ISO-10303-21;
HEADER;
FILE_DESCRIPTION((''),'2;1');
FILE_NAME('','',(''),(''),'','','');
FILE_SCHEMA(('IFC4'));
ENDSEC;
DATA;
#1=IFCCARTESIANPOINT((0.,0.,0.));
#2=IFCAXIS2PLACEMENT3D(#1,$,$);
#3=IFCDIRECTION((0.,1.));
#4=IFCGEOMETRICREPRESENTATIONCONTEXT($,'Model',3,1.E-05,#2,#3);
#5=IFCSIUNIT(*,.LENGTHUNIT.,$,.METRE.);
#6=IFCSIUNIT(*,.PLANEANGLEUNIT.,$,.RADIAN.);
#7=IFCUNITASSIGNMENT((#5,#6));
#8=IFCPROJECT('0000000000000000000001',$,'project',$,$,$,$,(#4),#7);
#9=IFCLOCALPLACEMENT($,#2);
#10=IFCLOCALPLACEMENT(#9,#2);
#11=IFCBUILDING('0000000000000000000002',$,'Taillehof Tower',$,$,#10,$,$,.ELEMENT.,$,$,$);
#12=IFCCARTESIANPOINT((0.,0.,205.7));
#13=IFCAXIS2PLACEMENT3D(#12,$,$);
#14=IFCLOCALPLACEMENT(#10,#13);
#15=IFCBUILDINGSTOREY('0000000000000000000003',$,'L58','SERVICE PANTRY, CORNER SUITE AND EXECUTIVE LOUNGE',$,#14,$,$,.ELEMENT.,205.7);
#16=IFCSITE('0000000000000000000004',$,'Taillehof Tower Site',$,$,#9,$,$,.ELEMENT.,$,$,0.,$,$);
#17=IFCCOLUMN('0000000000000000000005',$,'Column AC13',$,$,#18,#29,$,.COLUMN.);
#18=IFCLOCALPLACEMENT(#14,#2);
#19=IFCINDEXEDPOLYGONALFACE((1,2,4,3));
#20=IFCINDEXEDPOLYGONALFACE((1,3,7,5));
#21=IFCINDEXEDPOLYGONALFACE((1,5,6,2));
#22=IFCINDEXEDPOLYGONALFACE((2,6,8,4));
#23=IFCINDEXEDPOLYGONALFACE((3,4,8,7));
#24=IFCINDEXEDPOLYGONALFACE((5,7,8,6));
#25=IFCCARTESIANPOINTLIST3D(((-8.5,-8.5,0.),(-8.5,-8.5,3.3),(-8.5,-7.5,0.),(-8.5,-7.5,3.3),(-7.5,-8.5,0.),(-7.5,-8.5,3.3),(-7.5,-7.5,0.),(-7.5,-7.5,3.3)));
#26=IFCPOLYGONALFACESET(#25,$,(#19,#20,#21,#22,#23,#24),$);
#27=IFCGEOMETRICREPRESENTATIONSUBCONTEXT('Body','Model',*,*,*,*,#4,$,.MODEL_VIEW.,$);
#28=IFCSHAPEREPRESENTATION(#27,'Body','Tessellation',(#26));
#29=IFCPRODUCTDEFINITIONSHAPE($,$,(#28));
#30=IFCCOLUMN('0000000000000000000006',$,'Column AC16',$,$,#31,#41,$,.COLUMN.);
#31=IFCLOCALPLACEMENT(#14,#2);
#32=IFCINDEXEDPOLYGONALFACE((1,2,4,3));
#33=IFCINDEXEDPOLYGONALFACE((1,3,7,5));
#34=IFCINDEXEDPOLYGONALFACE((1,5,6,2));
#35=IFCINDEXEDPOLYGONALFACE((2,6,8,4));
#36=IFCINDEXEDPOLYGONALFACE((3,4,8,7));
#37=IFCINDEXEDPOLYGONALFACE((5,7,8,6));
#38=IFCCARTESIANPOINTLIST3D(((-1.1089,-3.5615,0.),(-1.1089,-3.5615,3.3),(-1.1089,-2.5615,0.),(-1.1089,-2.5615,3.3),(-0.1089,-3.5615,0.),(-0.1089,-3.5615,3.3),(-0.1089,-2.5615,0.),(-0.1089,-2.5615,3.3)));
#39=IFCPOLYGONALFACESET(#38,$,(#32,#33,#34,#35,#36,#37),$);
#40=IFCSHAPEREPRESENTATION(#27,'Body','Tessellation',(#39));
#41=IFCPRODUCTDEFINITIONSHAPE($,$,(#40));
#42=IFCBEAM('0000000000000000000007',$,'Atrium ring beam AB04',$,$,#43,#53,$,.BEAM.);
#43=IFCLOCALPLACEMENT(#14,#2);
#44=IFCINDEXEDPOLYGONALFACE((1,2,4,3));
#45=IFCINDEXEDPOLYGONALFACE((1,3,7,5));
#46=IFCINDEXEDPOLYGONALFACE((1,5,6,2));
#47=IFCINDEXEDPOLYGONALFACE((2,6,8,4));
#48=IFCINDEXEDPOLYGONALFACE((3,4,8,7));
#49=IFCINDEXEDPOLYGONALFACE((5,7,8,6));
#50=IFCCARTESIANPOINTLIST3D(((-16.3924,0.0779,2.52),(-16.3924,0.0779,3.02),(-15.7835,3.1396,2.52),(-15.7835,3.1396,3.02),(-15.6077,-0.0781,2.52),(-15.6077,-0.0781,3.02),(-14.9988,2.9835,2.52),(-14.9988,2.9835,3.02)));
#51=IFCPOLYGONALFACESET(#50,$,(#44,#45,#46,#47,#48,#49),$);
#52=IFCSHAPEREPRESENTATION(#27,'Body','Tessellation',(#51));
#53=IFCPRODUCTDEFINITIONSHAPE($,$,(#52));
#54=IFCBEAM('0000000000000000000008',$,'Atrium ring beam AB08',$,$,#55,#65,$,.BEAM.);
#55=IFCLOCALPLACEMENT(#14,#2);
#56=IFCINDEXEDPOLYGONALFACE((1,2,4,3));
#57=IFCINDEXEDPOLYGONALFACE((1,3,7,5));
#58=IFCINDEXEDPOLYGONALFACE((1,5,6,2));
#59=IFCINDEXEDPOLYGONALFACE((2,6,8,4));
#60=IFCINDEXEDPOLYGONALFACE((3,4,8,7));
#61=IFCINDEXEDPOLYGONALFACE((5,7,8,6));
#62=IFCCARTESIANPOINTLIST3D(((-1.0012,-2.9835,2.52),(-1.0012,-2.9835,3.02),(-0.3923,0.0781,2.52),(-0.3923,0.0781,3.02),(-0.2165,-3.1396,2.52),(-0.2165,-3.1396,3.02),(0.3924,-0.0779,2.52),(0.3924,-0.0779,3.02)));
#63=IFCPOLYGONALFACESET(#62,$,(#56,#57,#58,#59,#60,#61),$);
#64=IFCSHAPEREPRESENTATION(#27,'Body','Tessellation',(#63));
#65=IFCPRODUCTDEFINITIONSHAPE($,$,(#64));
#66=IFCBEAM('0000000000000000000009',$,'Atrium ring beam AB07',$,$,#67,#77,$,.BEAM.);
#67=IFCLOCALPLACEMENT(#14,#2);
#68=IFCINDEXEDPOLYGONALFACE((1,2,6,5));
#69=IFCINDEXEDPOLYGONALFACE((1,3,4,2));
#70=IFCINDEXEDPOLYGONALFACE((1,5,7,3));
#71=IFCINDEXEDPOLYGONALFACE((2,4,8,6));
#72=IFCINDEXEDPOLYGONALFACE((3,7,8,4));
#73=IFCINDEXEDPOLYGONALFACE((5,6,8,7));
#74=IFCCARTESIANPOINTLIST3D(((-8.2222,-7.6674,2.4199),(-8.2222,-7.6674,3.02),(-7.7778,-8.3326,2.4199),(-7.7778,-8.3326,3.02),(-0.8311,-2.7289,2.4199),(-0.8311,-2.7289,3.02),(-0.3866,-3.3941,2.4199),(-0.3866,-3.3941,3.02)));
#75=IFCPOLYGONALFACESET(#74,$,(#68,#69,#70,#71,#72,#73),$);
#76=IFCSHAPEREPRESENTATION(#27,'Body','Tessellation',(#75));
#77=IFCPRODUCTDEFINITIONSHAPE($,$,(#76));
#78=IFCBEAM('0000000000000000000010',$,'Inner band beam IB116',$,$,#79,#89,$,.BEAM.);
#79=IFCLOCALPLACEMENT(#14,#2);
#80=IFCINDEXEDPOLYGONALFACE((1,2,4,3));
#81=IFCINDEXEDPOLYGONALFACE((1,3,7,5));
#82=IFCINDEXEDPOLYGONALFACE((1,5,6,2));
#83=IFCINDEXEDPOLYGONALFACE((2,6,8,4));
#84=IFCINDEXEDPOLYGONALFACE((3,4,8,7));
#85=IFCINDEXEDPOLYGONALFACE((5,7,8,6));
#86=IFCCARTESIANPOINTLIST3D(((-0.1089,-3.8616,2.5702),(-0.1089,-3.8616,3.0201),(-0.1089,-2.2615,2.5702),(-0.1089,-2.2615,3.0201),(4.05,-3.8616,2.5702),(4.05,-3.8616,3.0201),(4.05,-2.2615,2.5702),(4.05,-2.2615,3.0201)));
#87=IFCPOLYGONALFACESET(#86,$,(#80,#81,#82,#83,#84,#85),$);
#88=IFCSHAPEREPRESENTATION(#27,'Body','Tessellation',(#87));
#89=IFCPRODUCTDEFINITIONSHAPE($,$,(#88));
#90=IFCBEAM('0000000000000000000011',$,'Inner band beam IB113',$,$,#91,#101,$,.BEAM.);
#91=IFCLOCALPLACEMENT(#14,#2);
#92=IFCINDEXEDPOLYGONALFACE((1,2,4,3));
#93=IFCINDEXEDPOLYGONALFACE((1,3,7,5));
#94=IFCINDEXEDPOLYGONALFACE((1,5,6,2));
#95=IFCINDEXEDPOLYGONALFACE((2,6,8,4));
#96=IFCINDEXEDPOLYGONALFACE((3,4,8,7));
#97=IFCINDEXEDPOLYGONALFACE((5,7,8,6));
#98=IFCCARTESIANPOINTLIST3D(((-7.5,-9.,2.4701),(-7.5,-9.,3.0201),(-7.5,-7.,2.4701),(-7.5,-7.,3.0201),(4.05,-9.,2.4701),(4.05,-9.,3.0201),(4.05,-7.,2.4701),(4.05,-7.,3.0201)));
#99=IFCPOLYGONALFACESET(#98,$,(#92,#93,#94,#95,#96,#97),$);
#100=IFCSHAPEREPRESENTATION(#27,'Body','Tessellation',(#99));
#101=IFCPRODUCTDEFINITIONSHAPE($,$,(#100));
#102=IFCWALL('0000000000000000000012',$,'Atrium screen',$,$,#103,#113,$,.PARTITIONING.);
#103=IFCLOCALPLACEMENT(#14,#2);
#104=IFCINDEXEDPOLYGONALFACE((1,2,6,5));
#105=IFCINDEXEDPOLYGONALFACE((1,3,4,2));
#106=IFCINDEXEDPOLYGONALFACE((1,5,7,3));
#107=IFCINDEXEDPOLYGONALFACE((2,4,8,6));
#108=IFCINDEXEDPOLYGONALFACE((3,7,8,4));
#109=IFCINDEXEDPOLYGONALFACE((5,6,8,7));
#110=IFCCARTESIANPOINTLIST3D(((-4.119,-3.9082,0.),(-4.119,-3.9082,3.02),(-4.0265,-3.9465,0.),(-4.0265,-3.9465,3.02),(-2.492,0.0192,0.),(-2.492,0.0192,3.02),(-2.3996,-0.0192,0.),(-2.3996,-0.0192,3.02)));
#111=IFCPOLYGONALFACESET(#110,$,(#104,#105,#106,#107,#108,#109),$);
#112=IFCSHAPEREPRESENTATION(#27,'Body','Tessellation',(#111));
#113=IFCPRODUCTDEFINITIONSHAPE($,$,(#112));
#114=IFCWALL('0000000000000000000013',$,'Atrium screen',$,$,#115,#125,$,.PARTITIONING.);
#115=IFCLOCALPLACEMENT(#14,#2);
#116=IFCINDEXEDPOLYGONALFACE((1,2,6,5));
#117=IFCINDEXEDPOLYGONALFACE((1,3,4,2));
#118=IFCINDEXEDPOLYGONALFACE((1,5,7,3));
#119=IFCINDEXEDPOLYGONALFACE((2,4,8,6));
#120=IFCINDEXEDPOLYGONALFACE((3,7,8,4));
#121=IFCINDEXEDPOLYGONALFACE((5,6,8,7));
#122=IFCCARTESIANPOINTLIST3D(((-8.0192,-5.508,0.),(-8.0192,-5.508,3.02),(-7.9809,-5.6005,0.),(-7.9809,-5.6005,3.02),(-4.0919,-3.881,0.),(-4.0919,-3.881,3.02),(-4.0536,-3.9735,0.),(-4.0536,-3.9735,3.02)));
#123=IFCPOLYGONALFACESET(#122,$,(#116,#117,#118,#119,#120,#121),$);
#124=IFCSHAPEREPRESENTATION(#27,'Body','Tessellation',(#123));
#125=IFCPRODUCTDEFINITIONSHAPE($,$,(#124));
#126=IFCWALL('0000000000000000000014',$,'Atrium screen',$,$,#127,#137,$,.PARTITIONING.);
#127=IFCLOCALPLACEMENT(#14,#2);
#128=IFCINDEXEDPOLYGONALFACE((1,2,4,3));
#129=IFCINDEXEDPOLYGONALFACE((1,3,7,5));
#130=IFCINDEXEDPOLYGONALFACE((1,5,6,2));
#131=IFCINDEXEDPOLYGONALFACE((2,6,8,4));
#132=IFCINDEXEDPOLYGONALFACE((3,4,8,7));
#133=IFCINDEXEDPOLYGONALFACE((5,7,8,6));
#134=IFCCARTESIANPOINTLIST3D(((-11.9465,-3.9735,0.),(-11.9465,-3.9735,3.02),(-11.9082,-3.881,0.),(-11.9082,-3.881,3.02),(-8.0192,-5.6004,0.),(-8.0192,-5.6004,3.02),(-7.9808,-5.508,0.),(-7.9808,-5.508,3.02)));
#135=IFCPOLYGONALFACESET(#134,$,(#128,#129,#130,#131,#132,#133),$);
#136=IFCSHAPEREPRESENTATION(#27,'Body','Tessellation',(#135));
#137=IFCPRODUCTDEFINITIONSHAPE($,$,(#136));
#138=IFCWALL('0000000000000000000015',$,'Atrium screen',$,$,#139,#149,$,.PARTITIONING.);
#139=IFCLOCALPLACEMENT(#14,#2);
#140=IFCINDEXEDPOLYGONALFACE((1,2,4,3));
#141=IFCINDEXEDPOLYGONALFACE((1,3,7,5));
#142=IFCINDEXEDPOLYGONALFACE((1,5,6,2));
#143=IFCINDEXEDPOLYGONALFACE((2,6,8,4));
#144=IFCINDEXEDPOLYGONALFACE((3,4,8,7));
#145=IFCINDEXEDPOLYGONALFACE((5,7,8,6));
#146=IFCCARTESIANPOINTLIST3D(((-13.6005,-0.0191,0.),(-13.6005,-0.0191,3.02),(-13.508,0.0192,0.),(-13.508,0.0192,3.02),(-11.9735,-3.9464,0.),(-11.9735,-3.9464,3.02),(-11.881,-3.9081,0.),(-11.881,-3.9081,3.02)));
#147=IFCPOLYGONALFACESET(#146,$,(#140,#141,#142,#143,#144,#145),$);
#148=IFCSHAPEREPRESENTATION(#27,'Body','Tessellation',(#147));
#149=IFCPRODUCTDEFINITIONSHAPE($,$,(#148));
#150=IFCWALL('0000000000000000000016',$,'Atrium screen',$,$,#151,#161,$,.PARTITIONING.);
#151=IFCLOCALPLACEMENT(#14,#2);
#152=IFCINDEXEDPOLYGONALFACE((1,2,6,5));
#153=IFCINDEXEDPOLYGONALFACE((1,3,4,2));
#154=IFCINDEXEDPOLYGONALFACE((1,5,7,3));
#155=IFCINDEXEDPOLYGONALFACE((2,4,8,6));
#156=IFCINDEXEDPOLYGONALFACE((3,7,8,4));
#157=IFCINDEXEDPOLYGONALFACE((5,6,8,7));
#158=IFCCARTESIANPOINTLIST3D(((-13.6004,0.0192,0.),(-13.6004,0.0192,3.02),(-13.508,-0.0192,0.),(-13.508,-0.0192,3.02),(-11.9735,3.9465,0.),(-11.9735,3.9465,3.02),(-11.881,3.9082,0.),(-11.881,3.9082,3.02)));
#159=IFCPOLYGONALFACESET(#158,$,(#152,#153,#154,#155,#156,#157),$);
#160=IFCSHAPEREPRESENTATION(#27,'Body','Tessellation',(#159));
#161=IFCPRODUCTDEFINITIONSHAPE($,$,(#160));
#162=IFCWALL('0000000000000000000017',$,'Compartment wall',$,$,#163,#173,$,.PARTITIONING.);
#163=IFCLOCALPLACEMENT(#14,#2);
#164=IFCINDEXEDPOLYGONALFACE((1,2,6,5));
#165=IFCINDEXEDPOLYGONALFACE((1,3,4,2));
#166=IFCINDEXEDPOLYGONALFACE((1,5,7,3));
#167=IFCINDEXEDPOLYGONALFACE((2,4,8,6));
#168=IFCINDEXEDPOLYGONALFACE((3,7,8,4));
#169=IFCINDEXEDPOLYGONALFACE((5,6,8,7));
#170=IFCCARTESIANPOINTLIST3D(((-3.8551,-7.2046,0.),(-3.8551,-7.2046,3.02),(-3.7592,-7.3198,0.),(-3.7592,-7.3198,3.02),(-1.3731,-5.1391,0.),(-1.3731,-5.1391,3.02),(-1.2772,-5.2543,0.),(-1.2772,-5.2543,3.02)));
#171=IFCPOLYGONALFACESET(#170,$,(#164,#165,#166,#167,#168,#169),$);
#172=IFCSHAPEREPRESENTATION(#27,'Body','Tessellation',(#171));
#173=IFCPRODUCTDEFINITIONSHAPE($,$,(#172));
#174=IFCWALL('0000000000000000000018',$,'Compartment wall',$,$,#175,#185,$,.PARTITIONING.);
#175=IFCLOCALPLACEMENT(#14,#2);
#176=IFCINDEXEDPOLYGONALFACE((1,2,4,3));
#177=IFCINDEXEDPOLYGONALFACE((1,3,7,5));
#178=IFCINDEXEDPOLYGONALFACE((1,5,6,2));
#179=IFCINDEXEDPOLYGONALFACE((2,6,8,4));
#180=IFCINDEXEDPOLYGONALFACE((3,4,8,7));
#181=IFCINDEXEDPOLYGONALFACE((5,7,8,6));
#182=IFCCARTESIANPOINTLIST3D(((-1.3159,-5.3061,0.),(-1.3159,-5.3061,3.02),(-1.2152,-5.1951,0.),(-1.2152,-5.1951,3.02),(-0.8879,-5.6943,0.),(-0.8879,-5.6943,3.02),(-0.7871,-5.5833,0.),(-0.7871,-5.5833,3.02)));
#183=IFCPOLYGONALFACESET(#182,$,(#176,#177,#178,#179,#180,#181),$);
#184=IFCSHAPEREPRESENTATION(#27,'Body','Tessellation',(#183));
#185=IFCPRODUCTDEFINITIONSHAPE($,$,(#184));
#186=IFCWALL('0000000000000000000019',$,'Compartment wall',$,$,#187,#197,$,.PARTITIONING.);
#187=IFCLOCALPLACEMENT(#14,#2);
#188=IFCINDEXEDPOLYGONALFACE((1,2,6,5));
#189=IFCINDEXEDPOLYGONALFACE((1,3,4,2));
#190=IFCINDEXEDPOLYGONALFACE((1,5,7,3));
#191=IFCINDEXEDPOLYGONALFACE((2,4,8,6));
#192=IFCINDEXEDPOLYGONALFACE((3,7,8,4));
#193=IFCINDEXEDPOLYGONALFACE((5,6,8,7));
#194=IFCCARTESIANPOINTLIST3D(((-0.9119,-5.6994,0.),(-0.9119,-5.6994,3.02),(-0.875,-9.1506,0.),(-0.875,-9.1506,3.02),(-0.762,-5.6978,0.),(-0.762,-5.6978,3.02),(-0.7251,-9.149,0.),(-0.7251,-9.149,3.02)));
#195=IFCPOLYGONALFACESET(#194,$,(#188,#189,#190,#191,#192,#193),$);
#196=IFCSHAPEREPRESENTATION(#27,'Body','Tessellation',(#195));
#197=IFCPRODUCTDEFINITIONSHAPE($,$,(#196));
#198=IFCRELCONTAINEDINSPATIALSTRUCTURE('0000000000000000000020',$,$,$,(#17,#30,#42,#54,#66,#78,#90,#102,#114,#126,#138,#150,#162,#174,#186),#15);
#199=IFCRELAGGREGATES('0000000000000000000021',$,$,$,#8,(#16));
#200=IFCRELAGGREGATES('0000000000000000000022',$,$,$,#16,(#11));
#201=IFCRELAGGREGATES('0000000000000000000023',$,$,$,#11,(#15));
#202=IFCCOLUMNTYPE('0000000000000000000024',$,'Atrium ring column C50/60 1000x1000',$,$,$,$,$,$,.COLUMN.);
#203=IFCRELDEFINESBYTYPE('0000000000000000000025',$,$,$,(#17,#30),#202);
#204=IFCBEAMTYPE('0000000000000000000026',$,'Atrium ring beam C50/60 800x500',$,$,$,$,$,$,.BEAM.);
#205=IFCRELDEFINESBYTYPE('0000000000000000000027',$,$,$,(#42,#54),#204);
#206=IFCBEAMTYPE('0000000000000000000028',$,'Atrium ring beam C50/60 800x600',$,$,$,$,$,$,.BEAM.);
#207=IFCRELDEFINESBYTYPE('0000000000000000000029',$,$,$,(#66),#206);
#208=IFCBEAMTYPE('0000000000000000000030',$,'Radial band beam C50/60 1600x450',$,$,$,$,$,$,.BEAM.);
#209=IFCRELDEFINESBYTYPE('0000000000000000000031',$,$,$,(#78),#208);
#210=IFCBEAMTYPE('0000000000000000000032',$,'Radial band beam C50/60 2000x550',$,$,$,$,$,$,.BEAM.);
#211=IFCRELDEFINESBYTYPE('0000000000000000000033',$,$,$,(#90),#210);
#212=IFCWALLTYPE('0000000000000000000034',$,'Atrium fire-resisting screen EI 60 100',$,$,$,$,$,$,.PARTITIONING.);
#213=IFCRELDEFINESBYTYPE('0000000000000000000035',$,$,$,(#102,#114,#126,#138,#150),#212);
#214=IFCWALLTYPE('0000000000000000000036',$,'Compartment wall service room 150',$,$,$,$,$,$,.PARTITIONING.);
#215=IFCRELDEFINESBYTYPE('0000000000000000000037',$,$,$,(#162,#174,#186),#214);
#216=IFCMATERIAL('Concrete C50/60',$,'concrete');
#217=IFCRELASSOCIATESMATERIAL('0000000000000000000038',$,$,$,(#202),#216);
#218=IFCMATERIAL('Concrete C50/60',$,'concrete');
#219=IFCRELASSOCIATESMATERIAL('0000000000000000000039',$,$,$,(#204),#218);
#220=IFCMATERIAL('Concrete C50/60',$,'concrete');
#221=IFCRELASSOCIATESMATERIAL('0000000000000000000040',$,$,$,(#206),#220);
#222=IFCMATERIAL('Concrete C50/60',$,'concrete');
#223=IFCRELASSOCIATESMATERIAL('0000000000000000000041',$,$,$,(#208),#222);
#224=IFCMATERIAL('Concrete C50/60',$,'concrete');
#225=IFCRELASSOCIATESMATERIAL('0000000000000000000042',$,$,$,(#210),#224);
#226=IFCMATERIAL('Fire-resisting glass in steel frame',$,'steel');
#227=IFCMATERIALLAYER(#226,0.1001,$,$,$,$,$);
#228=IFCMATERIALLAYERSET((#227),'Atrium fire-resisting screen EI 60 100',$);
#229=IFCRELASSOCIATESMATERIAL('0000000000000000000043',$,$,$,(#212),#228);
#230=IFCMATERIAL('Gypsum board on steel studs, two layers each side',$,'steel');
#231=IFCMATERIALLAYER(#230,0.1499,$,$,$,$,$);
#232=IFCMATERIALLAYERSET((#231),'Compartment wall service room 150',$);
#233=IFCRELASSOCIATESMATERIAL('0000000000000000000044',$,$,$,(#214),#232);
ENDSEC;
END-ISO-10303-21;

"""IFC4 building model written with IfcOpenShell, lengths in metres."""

from ifc_helpers import new_model, si_unit, direction, frame, frame_2d, origin, origin_2d, place, context, subcontext, project, spatial, rectangle, extrude, material, layer, layer_set, material_profile, profile_set, type_object, element, save


model = new_model("IFC4")

# Units and contexts
model_context = context("Model", 3, precision=1e-05, world=origin(), true_north=direction((0.0, 1.0)))
body_context = subcontext(model_context, "Body", "Model", "MODEL_VIEW")
ifc_project = project(units=[si_unit("LENGTHUNIT", "METRE"), si_unit("PLANEANGLEUNIT", "RADIAN")], contexts=[model_context])

# Site, building, storey
site_placement = place(None, origin())
site = spatial("IfcSite", under=ifc_project, at=site_placement, Name="Taillehof Tower Site", CompositionType="ELEMENT", RefElevation=0.0)
building_placement = place(site_placement, origin())
building = spatial("IfcBuilding", under=site, at=building_placement, Name="Taillehof Tower", CompositionType="ELEMENT")
storey_placement = place(building_placement, frame((0.0, 0.0, 205.7)))
storey = spatial("IfcBuildingStorey", under=building, at=storey_placement, Name="L58", Description="SERVICE PANTRY, CORNER SUITE AND EXECUTIVE LOUNGE", CompositionType="ELEMENT", Elevation=205.7)

# Columns
ifc_material_1 = material(Name="Concrete C50/60", Category="concrete")
ifc_material_profile_1 = material_profile(ifc_material_1, rectangle(XDim=1.0, YDim=1.0, at=origin_2d()), Name="RC 1000x1000")
ifc_profile_set_1 = profile_set([ifc_material_profile_1], Name="Concrete C50/60")
column_type = type_object("IfcColumnType", Name="Atrium ring column C50/60 1000x1000", PredefinedType="COLUMN", material=ifc_profile_set_1)
for number, where, z_axis, x_axis, name in (
    (1, (-8.0, -8.0, 0.0), (0.0, 0.0, 1.0), (1.0, 0.0, 0.0), "Column AC13"),
    (2, (-0.6089, -3.0615, 0.0), (0.0, 0.0, 1.0), (1.0, 0.0, 0.0), "Column AC16"),
):
    element("IfcColumn", number, at=place(storey_placement, frame(where, z_axis=z_axis, x_axis=x_axis)), inside=storey, type_object=column_type, Name=name, PredefinedType="COLUMN", context=body_context, shape_type="SweptSolid", body=[
        extrude(rectangle(XDim=1.0, YDim=1.0, at=origin_2d()), origin(), (0.0, 0.0, 1.0), 3.3),
    ])

# Beams
ifc_material_2 = material(Name="Concrete C50/60", Category="concrete")
ifc_material_profile_2 = material_profile(ifc_material_2, rectangle(XDim=0.8, YDim=0.5, at=origin_2d()), Name="RC 800x500")
ifc_profile_set_2 = profile_set([ifc_material_profile_2], Name="Concrete C50/60")
beam_type_1 = type_object("IfcBeamType", Name="Atrium ring beam C50/60 800x500", PredefinedType="BEAM", material=ifc_profile_set_2)
for number, where, z_axis, x_axis, name in (
    (3, (-15.3911, 3.0615, 2.77), (-0.195063, -0.980791, 0.0), (0.980791, -0.195063, 0.0), "Atrium ring beam AB04"),
    (4, (-0.6089, -3.0615, 2.77), (0.195063, 0.980791, 0.0), (-0.980791, 0.195063, 0.0), "Atrium ring beam AB08"),
):
    element("IfcBeam", number, at=place(storey_placement, frame(where, z_axis=z_axis, x_axis=x_axis)), inside=storey, type_object=beam_type_1, Name=name, PredefinedType="BEAM", context=body_context, shape_type="SweptSolid", body=[
        extrude(rectangle(XDim=0.8, YDim=0.5, at=origin_2d()), origin(), (0.0, 0.0, 1.0), 3.1216),
    ])
ifc_material_3 = material(Name="Concrete C50/60", Category="concrete")
ifc_material_profile_3 = material_profile(ifc_material_3, rectangle(XDim=0.8, YDim=0.6001, at=origin_2d()), Name="RC 800x600")
ifc_profile_set_3 = profile_set([ifc_material_profile_3], Name="Concrete C50/60")
beam_type_2 = type_object("IfcBeamType", Name="Atrium ring beam C50/60 800x600", PredefinedType="BEAM", material=ifc_profile_set_3)
beam_1_placement = place(storey_placement, frame((-8.0, -8.0, 2.72), z_axis=(0.831475, 0.555562, 0.0), x_axis=(-0.555562, 0.831475, 0.0)))
element("IfcBeam", 5, at=beam_1_placement, inside=storey, type_object=beam_type_2, Name="Atrium ring beam AB07", PredefinedType="BEAM", context=body_context, shape_type="SweptSolid", body=[
    extrude(rectangle(XDim=0.8, YDim=0.6001, at=origin_2d()), origin(), (0.0, 0.0, 1.0), 8.8892),
])
ifc_material_4 = material(Name="Concrete C50/60", Category="concrete")
ifc_material_profile_4 = material_profile(ifc_material_4, rectangle(XDim=1.6001, YDim=0.45, at=origin_2d()), Name="RC 1600x450")
ifc_profile_set_4 = profile_set([ifc_material_profile_4], Name="Concrete C50/60")
beam_type_3 = type_object("IfcBeamType", Name="Radial band beam C50/60 1600x450", PredefinedType="BEAM", material=ifc_profile_set_4)
beam_2_placement = place(storey_placement, frame((-0.1089, -3.0615, 2.7952), z_axis=(1.0, 0.0, 0.0), x_axis=(0.0, 1.0, 0.0)))
element("IfcBeam", 6, at=beam_2_placement, inside=storey, type_object=beam_type_3, Name="Inner band beam IB116", PredefinedType="BEAM", context=body_context, shape_type="SweptSolid", body=[
    extrude(rectangle(XDim=1.6001, YDim=0.45, at=origin_2d()), origin(), (0.0, 0.0, 1.0), 4.1589),
])
ifc_material_5 = material(Name="Concrete C50/60", Category="concrete")
ifc_material_profile_5 = material_profile(ifc_material_5, rectangle(XDim=2.0, YDim=0.55, at=origin_2d()), Name="RC 2000x550")
ifc_profile_set_5 = profile_set([ifc_material_profile_5], Name="Concrete C50/60")
beam_type_4 = type_object("IfcBeamType", Name="Radial band beam C50/60 2000x550", PredefinedType="BEAM", material=ifc_profile_set_5)
beam_3_placement = place(storey_placement, frame((-7.5, -8.0, 2.7451), z_axis=(1.0, 0.0, 0.0), x_axis=(0.0, 1.0, 0.0)))
element("IfcBeam", 7, at=beam_3_placement, inside=storey, type_object=beam_type_4, Name="Inner band beam IB113", PredefinedType="BEAM", context=body_context, shape_type="SweptSolid", body=[
    extrude(rectangle(XDim=2.0, YDim=0.55, at=origin_2d()), origin(), (0.0, 0.0, 1.0), 11.55),
])

# Walls
ifc_material_6 = material(Name="Fire-resisting glass in steel frame", Category="steel")
ifc_layer_1 = layer(ifc_material_6, 0.1001)
ifc_layer_set_1 = layer_set([ifc_layer_1], Name="Atrium fire-resisting screen EI 60 100")
wall_type_1 = type_object("IfcWallType", Name="Atrium fire-resisting screen EI 60 100", PredefinedType="PARTITIONING", material=ifc_layer_set_1)
for number, where, z_axis, x_axis, name in (
    (8, (-2.4458, 0.0, 0.0), (0.0, 0.0, 1.0), (-0.382731, -0.92386, 0.0), "Atrium screen"),
    (9, (-4.0728, -3.9272, 0.0), (0.0, 0.0, 1.0), (-0.92386, -0.382731, 0.0), "Atrium screen"),
    (10, (-8.0, -5.5542, 0.0), (0.0, 0.0, 1.0), (-0.92386, 0.382731, 0.0), "Atrium screen"),
    (11, (-11.9272, -3.9272, 0.0), (0.0, 0.0, 1.0), (-0.382731, 0.92386, 0.0), "Atrium screen"),
    (12, (-13.5542, 0.0, 0.0), (0.0, 0.0, 1.0), (0.382731, 0.92386, 0.0), "Atrium screen"),
):
    element("IfcWall", number, at=place(storey_placement, frame(where, z_axis=z_axis, x_axis=x_axis)), inside=storey, type_object=wall_type_1, Name=name, PredefinedType="PARTITIONING", context=body_context, shape_type="SweptSolid", body=[
        extrude(rectangle(XDim=4.251, YDim=0.1001, at=frame_2d((2.1255, 0.0))), origin(), (0.0, 0.0, 1.0), 3.02),
    ])
ifc_material_7 = material(Name="Gypsum board on steel studs, two layers each side", Category="steel")
ifc_layer_2 = layer(ifc_material_7, 0.1499)
ifc_layer_set_2 = layer_set([ifc_layer_2], Name="Compartment wall service room 150")
wall_type_2 = type_object("IfcWallType", Name="Compartment wall service room 150", PredefinedType="PARTITIONING", material=ifc_layer_set_2)
wall_1_placement = place(storey_placement, frame((-3.8071, -7.2622, 0.0), z_axis=(0.0, 0.0, 1.0), x_axis=(0.768655, 0.639664, 0.0)))
element("IfcWall", 13, at=wall_1_placement, inside=storey, type_object=wall_type_2, Name="Compartment wall", PredefinedType="PARTITIONING", context=body_context, shape_type="SweptSolid", body=[
    extrude(rectangle(XDim=3.229, YDim=0.1499, at=frame_2d((1.6145, 0.0))), origin(), (0.0, 0.0, 1.0), 3.02),
])
wall_2_placement = place(storey_placement, frame((-1.2656, -5.2505, 0.0), z_axis=(0.0, 0.0, 1.0), x_axis=(0.740704, -0.671831, 0.0)))
element("IfcWall", 14, at=wall_2_placement, inside=storey, type_object=wall_type_2, Name="Compartment wall", PredefinedType="PARTITIONING", context=body_context, shape_type="SweptSolid", body=[
    extrude(rectangle(XDim=0.5779, YDim=0.1499, at=frame_2d((0.2891, 0.0))), origin(), (0.0, 0.0, 1.0), 3.02),
])
wall_3_placement = place(storey_placement, frame((-0.8369, -5.6987, 0.0), z_axis=(0.0, 0.0, 1.0), x_axis=(0.010681, -0.999943, 0.0)))
element("IfcWall", 15, at=wall_3_placement, inside=storey, type_object=wall_type_2, Name="Compartment wall", PredefinedType="PARTITIONING", context=body_context, shape_type="SweptSolid", body=[
    extrude(rectangle(XDim=3.4514, YDim=0.1499, at=frame_2d((1.7256, 0.0))), origin(), (0.0, 0.0, 1.0), 3.02),
])

save(model, "model.ifc")
